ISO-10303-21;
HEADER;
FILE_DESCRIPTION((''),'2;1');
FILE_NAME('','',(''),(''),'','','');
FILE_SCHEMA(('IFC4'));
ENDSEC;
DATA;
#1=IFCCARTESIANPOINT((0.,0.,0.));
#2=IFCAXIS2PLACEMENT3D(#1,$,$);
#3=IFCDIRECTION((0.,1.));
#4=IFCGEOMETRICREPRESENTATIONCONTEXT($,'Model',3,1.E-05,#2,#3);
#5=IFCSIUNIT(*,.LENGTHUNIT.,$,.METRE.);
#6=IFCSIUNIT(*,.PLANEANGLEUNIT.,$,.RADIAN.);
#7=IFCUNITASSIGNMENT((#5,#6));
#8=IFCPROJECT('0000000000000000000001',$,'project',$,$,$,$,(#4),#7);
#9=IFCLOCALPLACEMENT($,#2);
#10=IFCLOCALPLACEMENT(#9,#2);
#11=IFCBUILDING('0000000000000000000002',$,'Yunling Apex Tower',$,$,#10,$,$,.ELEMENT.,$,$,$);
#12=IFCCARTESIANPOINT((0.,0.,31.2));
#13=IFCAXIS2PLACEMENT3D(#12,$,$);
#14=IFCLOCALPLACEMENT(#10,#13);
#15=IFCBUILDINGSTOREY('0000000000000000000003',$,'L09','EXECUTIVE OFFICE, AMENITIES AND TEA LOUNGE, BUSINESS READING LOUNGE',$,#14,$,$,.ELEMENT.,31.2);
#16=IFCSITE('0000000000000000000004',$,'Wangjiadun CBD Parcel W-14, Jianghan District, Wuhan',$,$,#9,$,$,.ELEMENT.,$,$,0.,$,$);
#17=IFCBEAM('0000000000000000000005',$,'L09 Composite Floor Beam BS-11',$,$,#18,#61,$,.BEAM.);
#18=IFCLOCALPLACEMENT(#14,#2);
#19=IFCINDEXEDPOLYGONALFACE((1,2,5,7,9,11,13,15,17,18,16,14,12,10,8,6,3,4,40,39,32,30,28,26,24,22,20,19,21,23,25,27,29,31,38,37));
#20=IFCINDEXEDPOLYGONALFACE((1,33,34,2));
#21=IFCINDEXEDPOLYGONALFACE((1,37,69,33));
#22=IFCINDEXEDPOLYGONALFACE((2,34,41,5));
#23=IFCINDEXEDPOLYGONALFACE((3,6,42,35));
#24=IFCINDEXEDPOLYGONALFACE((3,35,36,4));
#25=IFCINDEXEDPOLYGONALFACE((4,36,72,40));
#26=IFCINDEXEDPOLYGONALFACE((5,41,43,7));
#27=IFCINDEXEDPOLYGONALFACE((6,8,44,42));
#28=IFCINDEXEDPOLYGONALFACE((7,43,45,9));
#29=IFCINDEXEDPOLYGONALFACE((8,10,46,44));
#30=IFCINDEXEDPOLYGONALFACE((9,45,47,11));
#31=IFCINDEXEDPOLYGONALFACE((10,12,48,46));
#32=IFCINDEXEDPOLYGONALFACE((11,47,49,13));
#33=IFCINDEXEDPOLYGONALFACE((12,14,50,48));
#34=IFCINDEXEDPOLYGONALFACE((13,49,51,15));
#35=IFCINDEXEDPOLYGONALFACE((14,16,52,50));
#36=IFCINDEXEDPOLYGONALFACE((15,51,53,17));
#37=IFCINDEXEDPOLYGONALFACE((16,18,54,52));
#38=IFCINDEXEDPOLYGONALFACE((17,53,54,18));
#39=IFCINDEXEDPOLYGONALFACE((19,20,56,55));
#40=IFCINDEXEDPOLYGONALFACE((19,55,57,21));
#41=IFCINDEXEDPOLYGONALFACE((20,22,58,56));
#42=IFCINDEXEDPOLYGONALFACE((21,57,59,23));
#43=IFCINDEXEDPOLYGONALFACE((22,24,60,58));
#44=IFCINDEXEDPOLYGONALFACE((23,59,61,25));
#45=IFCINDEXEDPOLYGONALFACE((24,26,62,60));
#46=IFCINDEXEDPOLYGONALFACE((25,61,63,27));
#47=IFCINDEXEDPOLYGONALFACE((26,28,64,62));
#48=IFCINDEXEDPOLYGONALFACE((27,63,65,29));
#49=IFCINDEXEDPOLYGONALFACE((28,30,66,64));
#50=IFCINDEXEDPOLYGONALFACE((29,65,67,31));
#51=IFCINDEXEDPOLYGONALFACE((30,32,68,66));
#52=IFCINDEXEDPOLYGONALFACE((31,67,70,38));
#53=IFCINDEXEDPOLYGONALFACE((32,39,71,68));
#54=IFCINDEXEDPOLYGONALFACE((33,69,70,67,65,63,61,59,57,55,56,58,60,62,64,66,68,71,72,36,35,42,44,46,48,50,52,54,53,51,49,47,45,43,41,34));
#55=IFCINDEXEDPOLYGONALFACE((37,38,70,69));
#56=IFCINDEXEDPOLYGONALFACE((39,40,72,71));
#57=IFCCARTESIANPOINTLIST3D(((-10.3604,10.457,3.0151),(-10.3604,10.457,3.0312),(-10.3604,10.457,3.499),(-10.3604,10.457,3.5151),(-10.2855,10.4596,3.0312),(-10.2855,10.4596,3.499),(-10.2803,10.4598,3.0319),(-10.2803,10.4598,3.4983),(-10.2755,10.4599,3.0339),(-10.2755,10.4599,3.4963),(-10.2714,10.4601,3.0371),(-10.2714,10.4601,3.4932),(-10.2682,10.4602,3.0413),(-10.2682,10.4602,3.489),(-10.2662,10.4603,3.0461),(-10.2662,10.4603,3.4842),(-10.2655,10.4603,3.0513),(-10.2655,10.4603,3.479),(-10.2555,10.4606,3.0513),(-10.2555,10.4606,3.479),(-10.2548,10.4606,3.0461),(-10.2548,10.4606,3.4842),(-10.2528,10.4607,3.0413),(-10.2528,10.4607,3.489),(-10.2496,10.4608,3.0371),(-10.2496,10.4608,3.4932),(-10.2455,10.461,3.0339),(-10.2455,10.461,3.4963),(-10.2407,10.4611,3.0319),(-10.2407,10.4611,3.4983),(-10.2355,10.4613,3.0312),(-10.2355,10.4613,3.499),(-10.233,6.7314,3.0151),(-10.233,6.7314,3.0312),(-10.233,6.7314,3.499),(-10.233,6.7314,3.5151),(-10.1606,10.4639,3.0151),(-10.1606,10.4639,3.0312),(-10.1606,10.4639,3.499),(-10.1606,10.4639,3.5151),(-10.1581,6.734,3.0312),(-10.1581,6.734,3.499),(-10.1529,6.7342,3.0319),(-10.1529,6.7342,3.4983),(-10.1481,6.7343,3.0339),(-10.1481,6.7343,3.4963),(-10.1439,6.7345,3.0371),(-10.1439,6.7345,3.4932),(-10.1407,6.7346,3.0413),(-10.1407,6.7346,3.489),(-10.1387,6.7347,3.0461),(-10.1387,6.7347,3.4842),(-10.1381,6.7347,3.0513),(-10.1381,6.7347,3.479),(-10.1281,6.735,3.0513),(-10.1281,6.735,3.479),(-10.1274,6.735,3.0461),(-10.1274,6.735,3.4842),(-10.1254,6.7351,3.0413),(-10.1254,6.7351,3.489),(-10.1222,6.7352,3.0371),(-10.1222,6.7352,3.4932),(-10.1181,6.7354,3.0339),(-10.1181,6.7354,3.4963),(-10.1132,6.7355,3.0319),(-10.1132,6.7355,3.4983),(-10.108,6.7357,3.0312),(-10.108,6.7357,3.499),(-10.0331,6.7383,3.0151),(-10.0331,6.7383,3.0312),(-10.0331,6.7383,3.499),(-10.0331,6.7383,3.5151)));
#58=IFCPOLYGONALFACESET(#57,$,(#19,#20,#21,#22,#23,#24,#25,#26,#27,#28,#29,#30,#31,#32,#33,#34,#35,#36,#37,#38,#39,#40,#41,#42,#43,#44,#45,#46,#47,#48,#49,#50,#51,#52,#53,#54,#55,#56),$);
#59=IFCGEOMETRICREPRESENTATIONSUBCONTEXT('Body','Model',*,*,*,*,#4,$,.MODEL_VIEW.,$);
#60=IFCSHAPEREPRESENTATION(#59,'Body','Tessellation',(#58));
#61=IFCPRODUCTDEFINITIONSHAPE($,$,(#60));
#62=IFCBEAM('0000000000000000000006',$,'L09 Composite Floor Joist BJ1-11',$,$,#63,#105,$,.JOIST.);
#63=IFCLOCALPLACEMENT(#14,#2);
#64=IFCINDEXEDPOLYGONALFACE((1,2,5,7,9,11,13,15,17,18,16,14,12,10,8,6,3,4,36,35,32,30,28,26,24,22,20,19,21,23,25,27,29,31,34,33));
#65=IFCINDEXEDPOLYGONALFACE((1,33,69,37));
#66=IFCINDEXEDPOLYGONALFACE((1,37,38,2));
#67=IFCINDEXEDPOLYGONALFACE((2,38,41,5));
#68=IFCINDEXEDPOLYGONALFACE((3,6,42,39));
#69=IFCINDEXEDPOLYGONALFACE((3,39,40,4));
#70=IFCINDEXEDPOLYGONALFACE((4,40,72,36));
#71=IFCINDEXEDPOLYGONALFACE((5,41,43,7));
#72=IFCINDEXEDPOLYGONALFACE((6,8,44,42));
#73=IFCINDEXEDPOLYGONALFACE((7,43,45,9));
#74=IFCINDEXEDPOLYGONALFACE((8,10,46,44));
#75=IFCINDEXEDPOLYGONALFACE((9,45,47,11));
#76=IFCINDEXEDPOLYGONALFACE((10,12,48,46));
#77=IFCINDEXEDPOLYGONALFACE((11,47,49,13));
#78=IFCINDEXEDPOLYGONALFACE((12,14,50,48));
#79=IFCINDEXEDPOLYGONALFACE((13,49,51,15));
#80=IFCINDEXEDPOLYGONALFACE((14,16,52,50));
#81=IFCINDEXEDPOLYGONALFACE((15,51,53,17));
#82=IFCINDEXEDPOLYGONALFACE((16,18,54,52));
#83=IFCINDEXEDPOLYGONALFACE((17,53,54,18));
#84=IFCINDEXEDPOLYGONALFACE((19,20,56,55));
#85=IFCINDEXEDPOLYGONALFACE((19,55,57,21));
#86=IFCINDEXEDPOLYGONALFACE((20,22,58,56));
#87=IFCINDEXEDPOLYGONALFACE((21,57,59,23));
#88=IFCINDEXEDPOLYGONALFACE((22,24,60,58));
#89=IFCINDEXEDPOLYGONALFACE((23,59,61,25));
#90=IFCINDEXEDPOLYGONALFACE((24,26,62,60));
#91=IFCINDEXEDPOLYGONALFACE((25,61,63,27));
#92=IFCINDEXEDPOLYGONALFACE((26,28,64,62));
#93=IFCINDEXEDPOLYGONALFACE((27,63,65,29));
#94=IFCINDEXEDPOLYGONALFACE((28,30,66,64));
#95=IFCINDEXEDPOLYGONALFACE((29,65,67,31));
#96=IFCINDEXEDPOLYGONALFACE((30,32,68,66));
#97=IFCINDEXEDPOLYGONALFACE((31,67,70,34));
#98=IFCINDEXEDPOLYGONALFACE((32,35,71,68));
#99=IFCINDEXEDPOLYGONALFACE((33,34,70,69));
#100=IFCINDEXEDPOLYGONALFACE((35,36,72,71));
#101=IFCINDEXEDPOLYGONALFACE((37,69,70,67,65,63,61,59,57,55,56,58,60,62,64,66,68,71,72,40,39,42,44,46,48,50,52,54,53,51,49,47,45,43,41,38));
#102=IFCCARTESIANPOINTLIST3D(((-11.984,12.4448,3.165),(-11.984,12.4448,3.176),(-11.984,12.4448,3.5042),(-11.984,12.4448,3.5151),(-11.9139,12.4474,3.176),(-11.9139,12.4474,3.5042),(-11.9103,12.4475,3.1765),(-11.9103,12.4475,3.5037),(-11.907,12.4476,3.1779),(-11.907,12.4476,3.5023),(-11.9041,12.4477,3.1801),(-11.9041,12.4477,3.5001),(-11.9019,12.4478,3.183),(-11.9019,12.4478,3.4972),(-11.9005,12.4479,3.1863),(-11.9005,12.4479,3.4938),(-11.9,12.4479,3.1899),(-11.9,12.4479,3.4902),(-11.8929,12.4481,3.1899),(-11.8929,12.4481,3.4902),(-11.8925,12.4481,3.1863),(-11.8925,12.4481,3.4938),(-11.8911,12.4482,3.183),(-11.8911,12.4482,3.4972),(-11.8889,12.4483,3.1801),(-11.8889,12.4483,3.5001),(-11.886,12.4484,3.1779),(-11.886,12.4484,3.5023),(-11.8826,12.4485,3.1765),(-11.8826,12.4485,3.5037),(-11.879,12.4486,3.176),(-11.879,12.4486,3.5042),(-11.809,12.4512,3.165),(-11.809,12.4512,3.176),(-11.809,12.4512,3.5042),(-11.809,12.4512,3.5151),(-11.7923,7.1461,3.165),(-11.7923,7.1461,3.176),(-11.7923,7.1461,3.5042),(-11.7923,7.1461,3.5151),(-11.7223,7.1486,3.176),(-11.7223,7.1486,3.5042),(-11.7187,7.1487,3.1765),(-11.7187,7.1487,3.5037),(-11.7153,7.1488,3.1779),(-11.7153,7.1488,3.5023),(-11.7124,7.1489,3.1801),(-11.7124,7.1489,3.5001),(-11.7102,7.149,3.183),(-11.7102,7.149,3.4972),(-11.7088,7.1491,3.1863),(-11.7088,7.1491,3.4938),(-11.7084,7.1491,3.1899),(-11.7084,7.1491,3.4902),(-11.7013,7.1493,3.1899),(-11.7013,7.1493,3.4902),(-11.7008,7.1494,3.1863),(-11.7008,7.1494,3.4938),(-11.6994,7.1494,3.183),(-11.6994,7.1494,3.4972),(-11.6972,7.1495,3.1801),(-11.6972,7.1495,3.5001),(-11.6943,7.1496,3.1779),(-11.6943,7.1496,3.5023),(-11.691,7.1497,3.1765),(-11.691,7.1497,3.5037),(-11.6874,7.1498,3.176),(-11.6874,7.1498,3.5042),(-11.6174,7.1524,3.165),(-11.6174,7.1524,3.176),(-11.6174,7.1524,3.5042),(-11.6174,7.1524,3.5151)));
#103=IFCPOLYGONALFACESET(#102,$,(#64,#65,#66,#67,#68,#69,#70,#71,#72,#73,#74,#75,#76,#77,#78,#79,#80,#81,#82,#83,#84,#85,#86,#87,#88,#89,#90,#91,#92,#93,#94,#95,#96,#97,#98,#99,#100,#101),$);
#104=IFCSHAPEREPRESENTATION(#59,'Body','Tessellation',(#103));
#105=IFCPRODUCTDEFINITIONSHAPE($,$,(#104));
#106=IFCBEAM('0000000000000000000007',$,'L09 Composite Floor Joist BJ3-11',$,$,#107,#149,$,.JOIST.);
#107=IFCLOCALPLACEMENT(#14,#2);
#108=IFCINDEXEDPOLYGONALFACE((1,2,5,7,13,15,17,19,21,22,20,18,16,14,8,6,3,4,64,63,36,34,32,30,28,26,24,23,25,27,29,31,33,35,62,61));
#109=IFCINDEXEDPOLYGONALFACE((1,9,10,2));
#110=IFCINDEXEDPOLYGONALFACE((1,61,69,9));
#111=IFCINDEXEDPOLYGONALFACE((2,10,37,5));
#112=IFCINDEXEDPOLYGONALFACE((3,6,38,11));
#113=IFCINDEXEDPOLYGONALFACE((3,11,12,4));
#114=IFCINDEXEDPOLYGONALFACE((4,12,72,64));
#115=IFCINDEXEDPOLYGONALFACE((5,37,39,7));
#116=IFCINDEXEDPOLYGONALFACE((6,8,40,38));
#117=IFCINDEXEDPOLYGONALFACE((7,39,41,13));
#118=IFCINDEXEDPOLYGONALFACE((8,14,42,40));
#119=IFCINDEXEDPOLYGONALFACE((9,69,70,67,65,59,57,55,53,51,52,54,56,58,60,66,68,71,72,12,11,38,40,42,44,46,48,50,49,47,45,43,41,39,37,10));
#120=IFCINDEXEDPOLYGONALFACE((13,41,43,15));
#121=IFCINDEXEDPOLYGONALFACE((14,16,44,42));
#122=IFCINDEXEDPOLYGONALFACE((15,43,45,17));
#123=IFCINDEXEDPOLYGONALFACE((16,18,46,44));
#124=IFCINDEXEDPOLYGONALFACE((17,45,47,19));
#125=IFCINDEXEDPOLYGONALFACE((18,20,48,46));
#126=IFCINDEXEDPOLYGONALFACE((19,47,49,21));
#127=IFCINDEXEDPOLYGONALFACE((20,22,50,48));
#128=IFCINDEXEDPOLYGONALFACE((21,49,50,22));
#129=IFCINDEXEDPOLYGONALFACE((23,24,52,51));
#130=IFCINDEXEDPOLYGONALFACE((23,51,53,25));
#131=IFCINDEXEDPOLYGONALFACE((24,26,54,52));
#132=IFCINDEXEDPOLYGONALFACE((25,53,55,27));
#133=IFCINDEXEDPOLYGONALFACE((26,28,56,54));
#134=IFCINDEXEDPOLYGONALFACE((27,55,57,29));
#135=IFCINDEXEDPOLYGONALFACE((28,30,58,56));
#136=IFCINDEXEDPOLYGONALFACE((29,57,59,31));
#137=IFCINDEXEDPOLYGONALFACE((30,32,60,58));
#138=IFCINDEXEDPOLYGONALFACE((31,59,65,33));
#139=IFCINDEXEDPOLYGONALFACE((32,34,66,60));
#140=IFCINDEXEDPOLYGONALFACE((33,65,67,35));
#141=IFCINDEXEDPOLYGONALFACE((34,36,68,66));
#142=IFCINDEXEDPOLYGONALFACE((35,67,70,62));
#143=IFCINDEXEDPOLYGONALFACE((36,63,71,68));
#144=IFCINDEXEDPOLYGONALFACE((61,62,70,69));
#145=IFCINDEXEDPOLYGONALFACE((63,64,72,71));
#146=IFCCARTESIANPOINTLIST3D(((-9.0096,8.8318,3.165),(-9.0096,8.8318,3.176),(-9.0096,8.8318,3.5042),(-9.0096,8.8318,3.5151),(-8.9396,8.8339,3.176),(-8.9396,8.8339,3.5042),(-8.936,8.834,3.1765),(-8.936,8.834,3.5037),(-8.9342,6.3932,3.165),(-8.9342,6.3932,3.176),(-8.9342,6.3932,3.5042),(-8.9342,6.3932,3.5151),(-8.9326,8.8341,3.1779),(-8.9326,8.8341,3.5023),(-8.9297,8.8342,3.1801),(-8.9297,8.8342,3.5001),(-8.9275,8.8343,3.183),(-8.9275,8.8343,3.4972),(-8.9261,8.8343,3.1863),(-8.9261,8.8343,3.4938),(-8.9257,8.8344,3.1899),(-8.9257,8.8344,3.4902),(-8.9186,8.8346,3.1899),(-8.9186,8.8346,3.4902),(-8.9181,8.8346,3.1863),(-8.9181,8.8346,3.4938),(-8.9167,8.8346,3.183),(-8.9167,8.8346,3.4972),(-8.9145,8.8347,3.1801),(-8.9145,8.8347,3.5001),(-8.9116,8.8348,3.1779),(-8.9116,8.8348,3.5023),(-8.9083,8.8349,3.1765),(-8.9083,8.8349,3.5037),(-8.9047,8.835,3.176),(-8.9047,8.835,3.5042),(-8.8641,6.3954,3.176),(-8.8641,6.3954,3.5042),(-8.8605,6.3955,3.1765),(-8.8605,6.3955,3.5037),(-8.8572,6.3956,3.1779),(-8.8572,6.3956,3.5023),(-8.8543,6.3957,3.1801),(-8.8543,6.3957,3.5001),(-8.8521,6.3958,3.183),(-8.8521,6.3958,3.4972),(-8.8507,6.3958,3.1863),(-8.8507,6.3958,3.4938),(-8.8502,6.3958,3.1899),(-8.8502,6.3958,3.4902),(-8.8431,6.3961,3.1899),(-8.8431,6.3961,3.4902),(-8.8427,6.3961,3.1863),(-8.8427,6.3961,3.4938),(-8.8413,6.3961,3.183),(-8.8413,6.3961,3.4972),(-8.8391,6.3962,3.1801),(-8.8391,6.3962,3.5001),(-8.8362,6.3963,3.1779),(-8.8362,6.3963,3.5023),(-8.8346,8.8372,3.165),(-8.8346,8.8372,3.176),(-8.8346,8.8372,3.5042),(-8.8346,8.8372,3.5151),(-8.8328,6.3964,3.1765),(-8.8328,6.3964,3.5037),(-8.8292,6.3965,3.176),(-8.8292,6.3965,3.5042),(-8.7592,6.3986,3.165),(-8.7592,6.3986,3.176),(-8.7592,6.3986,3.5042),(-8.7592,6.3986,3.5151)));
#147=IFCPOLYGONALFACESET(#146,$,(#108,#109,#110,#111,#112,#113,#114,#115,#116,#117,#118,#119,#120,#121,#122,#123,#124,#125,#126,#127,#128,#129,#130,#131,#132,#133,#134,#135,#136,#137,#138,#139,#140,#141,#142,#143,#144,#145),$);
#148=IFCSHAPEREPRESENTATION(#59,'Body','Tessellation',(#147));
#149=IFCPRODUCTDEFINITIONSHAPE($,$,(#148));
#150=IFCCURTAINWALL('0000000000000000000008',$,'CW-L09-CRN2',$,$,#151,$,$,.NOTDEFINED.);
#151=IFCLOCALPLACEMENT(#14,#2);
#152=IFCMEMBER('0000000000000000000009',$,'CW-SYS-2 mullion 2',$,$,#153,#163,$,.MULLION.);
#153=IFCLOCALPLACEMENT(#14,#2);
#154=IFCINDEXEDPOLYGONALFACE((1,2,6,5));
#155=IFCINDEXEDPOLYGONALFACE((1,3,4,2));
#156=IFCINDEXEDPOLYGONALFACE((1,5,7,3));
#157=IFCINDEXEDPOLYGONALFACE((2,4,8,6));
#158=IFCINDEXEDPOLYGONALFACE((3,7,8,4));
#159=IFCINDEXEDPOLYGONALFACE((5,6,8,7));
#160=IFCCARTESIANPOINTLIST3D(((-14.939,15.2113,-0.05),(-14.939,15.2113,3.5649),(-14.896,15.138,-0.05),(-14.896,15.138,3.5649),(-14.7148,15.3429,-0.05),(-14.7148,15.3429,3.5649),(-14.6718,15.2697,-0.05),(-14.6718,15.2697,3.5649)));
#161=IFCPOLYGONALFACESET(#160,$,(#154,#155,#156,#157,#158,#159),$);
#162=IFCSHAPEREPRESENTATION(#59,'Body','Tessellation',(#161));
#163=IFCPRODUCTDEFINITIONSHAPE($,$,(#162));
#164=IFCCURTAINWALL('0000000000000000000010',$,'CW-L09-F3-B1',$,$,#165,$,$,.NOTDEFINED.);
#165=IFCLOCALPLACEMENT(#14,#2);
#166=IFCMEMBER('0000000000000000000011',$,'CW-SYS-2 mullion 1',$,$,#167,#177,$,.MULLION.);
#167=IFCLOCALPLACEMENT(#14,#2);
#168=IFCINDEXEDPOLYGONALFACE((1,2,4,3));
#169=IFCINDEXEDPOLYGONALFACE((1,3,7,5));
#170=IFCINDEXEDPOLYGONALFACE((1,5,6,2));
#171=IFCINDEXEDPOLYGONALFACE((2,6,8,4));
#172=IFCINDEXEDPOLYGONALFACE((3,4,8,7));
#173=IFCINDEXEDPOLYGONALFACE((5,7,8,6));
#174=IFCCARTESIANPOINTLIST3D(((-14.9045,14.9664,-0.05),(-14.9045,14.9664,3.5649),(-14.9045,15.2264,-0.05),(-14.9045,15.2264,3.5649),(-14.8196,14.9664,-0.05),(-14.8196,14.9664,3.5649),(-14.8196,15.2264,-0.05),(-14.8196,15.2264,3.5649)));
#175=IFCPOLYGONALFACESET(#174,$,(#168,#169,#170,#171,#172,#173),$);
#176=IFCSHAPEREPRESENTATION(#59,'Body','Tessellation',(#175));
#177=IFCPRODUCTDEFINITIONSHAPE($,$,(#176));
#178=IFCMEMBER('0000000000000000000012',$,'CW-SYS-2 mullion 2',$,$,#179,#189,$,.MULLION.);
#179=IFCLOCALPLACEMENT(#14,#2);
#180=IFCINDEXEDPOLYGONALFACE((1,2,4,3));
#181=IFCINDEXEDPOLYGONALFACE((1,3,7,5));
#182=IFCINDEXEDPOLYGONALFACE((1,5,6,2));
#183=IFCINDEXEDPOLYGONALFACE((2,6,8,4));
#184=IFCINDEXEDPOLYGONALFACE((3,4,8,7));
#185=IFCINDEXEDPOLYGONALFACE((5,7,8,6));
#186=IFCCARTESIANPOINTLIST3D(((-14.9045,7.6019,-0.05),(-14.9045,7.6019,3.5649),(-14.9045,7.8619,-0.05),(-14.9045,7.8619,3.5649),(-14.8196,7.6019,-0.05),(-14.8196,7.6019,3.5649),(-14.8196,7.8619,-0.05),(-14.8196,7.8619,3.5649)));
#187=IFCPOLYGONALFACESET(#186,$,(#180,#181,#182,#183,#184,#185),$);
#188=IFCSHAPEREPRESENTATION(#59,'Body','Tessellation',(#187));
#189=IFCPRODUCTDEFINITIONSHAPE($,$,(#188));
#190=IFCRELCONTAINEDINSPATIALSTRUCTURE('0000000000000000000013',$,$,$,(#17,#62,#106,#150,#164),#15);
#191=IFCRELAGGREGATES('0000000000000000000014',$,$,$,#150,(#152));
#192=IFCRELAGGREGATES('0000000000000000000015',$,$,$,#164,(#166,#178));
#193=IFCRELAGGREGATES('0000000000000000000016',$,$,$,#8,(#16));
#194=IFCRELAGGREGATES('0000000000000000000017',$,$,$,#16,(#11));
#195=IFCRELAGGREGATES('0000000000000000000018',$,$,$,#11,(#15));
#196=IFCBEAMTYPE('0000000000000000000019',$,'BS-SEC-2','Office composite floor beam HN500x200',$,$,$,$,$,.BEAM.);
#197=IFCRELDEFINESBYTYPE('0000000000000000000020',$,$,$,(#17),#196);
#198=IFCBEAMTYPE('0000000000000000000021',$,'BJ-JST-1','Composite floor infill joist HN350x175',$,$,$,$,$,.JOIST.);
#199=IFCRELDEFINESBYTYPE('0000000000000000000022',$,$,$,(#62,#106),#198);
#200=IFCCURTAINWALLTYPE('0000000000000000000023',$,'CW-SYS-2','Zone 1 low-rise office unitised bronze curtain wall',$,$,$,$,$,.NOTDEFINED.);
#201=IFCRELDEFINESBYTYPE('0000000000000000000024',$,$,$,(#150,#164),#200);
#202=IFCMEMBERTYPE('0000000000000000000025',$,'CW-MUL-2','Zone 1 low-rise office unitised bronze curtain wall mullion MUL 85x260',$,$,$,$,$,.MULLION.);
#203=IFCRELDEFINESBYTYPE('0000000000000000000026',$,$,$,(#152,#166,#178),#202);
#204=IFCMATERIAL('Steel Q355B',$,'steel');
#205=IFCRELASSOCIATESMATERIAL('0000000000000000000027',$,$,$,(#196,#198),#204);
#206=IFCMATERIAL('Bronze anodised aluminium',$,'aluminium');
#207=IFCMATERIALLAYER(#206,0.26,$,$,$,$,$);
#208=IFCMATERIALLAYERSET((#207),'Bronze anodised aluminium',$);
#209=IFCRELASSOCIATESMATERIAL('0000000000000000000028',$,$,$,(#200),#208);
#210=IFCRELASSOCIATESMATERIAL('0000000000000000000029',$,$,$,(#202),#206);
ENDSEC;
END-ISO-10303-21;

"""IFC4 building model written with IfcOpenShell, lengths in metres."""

from ifc_helpers import new_model, si_unit, direction, frame, origin, origin_2d, place, context, subcontext, project, spatial, rectangle, i_section, extrude, source, transform, mapped, material, layer, layer_set, material_profile, profile_set, type_object, element, aggregate, save


model = new_model("IFC4")

# Units and contexts
model_context = context("Model", 3, precision=1e-05, world=origin(), true_north=direction((0.0, 1.0)))
body_context = subcontext(model_context, "Body", "Model", "MODEL_VIEW")
ifc_project = project(units=[si_unit("LENGTHUNIT", "METRE"), si_unit("PLANEANGLEUNIT", "RADIAN")], contexts=[model_context])

# Site, building, storey
site_placement = place(None, origin())
site = spatial("IfcSite", under=ifc_project, at=site_placement, Name="Wangjiadun CBD Parcel W-14, Jianghan District, Wuhan", CompositionType="ELEMENT", RefElevation=0.0)
building_placement = place(site_placement, origin())
building = spatial("IfcBuilding", under=site, at=building_placement, Name="Yunling Apex Tower", CompositionType="ELEMENT")
storey_placement = place(building_placement, frame((0.0, 0.0, 31.2)))
storey = spatial("IfcBuildingStorey", under=building, at=storey_placement, Name="L09", Description="EXECUTIVE OFFICE, AMENITIES AND TEA LOUNGE, BUSINESS READING LOUNGE", CompositionType="ELEMENT", Elevation=31.2)

# Beams
ifc_material_1 = material(Name="Steel Q355B", Category="steel")
ifc_material_profile_1 = material_profile(ifc_material_1, i_section(OverallWidth=0.2, OverallDepth=0.5, WebThickness=0.01, FlangeThickness=0.0161, FilletRadius=0.02, at=origin_2d()))
ifc_profile_set_1 = profile_set([ifc_material_profile_1], Name="Steel Q355B")
beam_type_1 = type_object("IfcBeamType", Name="BS-SEC-2", Description="Office composite floor beam HN500x200", PredefinedType="BEAM", material=ifc_profile_set_1)
shared_shape_1 = source(origin(), body_context, "Body", "SweptSolid", [
    extrude(i_section(OverallWidth=0.2, OverallDepth=0.5, WebThickness=0.01, FlangeThickness=0.0161, FilletRadius=0.02, at=origin_2d()), origin(), (0.0, 0.0, 1.0), 3.7278),
])
beam_1_placement = place(storey_placement, frame((-10.2605, 10.4604, 3.2651), z_axis=(0.034187, -0.999415, 0.0), x_axis=(0.999415, 0.034187, 0.0)))
element("IfcBeam", 1, at=beam_1_placement, inside=storey, type_object=beam_type_1, Name="L09 Composite Floor Beam BS-11", PredefinedType="BEAM", context=body_context, shape_type="MappedRepresentation", body=[
    mapped(shared_shape_1, transform((0.0, 0.0, 0.0), scale=1.0)),
])
ifc_material_profile_2 = material_profile(ifc_material_1, i_section(OverallWidth=0.175, OverallDepth=0.3501, WebThickness=0.0071, FlangeThickness=0.011, FilletRadius=0.0139, at=origin_2d()))
ifc_profile_set_2 = profile_set([ifc_material_profile_2], Name="Steel Q355B")
beam_type_2 = type_object("IfcBeamType", Name="BJ-JST-1", Description="Composite floor infill joist HN350x175", PredefinedType="JOIST", material=ifc_profile_set_2)
shared_shape_2 = source(origin(), body_context, "Body", "SweptSolid", [
    extrude(i_section(OverallWidth=0.175, OverallDepth=0.3501, WebThickness=0.0071, FlangeThickness=0.011, FilletRadius=0.0139, at=origin_2d()), origin(), (0.0, 0.0, 1.0), 5.3022),
])
beam_2_placement = place(storey_placement, frame((-11.8965, 12.448, 3.3401), z_axis=(0.036145, -0.999347, 0.0), x_axis=(0.999347, 0.036145, 0.0)))
element("IfcBeam", 2, at=beam_2_placement, inside=storey, type_object=beam_type_2, Name="L09 Composite Floor Joist BJ1-11", PredefinedType="JOIST", context=body_context, shape_type="MappedRepresentation", body=[
    mapped(shared_shape_2, transform((0.0, 0.0, 0.0), scale=1.0)),
])
shared_shape_3 = source(origin(), body_context, "Body", "SweptSolid", [
    extrude(i_section(OverallWidth=0.175, OverallDepth=0.3501, WebThickness=0.0071, FlangeThickness=0.011, FilletRadius=0.0139, at=origin_2d()), origin(), (0.0, 0.0, 1.0), 2.4397),
])
beam_3_placement = place(storey_placement, frame((-8.9221, 8.8345, 3.3401), z_axis=(0.030922, -0.999522, 0.0), x_axis=(0.999522, 0.030922, 0.0)))
element("IfcBeam", 3, at=beam_3_placement, inside=storey, type_object=beam_type_2, Name="L09 Composite Floor Joist BJ3-11", PredefinedType="JOIST", context=body_context, shape_type="MappedRepresentation", body=[
    mapped(shared_shape_3, transform((0.0, 0.0, 0.0), scale=1.0)),
])

# Curtain wall, member
ifc_material_2 = material(Name="Bronze anodised aluminium", Category="aluminium")
ifc_layer_1 = layer(ifc_material_2, 0.26)
ifc_layer_set_1 = layer_set([ifc_layer_1], Name="Bronze anodised aluminium")
curtain_wall_type = type_object("IfcCurtainWallType", Name="CW-SYS-2", Description="Zone 1 low-rise office unitised bronze curtain wall", PredefinedType="NOTDEFINED", material=ifc_layer_set_1)
curtain_wall_1_placement = place(storey_placement, origin())
curtain_wall_1 = element("IfcCurtainWall", 4, at=curtain_wall_1_placement, inside=storey, type_object=curtain_wall_type, Name="CW-L09-CRN2", PredefinedType="NOTDEFINED")
ifc_material_profile_3 = material_profile(ifc_material_2, rectangle(XDim=0.085, YDim=0.26, at=origin_2d()))
ifc_profile_set_3 = profile_set([ifc_material_profile_3], Name="Bronze anodised aluminium")
member_type_1 = type_object("IfcMemberType", Name="CW-MUL-2", Description="Zone 1 low-rise office unitised bronze curtain wall mullion MUL 85x260", PredefinedType="MULLION", material=ifc_profile_set_3)
shared_shape_4 = source(origin(), body_context, "Body", "SweptSolid", [
    extrude(rectangle(XDim=0.085, YDim=0.26, at=origin_2d()), origin(), (0.0, 0.0, 1.0), 3.615),
])
member_1_placement = place(storey_placement, frame((-14.8054, 15.2405, -0.05), z_axis=(0.0, 0.0, 1.0), x_axis=(0.506196, -0.862419, 0.0)))
member_1 = element("IfcMember", 5, at=member_1_placement, type_object=member_type_1, Name="CW-SYS-2 mullion 2", PredefinedType="MULLION", context=body_context, shape_type="MappedRepresentation", body=[
    mapped(shared_shape_4, transform((0.0, 0.0, 0.0), scale=1.0)),
])

# Curtain wall, members
curtain_wall_2_placement = place(storey_placement, origin())
curtain_wall_2 = element("IfcCurtainWall", 6, at=curtain_wall_2_placement, inside=storey, type_object=curtain_wall_type, Name="CW-L09-F3-B1", PredefinedType="NOTDEFINED")
member_2_placement = place(storey_placement, frame((-14.8621, 15.0964, -0.05), z_axis=(0.0, 0.0, 1.0), x_axis=(1.0, 0.0, 0.0)))
member_2 = element("IfcMember", 7, at=member_2_placement, type_object=member_type_1, Name="CW-SYS-2 mullion 1", PredefinedType="MULLION", context=body_context, shape_type="MappedRepresentation", body=[
    mapped(shared_shape_4, transform((0.0, 0.0, 0.0), scale=1.0)),
])
member_3_placement = place(storey_placement, frame((-14.8621, 7.7319, -0.05), z_axis=(0.0, 0.0, 1.0), x_axis=(1.0, 0.0, 0.0)))
member_3 = element("IfcMember", 8, at=member_3_placement, type_object=member_type_1, Name="CW-SYS-2 mullion 2", PredefinedType="MULLION", context=body_context, shape_type="MappedRepresentation", body=[
    mapped(shared_shape_4, transform((0.0, 0.0, 0.0), scale=1.0)),
])

aggregate(curtain_wall_1, [member_1])
aggregate(curtain_wall_2, [member_2, member_3])

save(model, "model.ifc")
